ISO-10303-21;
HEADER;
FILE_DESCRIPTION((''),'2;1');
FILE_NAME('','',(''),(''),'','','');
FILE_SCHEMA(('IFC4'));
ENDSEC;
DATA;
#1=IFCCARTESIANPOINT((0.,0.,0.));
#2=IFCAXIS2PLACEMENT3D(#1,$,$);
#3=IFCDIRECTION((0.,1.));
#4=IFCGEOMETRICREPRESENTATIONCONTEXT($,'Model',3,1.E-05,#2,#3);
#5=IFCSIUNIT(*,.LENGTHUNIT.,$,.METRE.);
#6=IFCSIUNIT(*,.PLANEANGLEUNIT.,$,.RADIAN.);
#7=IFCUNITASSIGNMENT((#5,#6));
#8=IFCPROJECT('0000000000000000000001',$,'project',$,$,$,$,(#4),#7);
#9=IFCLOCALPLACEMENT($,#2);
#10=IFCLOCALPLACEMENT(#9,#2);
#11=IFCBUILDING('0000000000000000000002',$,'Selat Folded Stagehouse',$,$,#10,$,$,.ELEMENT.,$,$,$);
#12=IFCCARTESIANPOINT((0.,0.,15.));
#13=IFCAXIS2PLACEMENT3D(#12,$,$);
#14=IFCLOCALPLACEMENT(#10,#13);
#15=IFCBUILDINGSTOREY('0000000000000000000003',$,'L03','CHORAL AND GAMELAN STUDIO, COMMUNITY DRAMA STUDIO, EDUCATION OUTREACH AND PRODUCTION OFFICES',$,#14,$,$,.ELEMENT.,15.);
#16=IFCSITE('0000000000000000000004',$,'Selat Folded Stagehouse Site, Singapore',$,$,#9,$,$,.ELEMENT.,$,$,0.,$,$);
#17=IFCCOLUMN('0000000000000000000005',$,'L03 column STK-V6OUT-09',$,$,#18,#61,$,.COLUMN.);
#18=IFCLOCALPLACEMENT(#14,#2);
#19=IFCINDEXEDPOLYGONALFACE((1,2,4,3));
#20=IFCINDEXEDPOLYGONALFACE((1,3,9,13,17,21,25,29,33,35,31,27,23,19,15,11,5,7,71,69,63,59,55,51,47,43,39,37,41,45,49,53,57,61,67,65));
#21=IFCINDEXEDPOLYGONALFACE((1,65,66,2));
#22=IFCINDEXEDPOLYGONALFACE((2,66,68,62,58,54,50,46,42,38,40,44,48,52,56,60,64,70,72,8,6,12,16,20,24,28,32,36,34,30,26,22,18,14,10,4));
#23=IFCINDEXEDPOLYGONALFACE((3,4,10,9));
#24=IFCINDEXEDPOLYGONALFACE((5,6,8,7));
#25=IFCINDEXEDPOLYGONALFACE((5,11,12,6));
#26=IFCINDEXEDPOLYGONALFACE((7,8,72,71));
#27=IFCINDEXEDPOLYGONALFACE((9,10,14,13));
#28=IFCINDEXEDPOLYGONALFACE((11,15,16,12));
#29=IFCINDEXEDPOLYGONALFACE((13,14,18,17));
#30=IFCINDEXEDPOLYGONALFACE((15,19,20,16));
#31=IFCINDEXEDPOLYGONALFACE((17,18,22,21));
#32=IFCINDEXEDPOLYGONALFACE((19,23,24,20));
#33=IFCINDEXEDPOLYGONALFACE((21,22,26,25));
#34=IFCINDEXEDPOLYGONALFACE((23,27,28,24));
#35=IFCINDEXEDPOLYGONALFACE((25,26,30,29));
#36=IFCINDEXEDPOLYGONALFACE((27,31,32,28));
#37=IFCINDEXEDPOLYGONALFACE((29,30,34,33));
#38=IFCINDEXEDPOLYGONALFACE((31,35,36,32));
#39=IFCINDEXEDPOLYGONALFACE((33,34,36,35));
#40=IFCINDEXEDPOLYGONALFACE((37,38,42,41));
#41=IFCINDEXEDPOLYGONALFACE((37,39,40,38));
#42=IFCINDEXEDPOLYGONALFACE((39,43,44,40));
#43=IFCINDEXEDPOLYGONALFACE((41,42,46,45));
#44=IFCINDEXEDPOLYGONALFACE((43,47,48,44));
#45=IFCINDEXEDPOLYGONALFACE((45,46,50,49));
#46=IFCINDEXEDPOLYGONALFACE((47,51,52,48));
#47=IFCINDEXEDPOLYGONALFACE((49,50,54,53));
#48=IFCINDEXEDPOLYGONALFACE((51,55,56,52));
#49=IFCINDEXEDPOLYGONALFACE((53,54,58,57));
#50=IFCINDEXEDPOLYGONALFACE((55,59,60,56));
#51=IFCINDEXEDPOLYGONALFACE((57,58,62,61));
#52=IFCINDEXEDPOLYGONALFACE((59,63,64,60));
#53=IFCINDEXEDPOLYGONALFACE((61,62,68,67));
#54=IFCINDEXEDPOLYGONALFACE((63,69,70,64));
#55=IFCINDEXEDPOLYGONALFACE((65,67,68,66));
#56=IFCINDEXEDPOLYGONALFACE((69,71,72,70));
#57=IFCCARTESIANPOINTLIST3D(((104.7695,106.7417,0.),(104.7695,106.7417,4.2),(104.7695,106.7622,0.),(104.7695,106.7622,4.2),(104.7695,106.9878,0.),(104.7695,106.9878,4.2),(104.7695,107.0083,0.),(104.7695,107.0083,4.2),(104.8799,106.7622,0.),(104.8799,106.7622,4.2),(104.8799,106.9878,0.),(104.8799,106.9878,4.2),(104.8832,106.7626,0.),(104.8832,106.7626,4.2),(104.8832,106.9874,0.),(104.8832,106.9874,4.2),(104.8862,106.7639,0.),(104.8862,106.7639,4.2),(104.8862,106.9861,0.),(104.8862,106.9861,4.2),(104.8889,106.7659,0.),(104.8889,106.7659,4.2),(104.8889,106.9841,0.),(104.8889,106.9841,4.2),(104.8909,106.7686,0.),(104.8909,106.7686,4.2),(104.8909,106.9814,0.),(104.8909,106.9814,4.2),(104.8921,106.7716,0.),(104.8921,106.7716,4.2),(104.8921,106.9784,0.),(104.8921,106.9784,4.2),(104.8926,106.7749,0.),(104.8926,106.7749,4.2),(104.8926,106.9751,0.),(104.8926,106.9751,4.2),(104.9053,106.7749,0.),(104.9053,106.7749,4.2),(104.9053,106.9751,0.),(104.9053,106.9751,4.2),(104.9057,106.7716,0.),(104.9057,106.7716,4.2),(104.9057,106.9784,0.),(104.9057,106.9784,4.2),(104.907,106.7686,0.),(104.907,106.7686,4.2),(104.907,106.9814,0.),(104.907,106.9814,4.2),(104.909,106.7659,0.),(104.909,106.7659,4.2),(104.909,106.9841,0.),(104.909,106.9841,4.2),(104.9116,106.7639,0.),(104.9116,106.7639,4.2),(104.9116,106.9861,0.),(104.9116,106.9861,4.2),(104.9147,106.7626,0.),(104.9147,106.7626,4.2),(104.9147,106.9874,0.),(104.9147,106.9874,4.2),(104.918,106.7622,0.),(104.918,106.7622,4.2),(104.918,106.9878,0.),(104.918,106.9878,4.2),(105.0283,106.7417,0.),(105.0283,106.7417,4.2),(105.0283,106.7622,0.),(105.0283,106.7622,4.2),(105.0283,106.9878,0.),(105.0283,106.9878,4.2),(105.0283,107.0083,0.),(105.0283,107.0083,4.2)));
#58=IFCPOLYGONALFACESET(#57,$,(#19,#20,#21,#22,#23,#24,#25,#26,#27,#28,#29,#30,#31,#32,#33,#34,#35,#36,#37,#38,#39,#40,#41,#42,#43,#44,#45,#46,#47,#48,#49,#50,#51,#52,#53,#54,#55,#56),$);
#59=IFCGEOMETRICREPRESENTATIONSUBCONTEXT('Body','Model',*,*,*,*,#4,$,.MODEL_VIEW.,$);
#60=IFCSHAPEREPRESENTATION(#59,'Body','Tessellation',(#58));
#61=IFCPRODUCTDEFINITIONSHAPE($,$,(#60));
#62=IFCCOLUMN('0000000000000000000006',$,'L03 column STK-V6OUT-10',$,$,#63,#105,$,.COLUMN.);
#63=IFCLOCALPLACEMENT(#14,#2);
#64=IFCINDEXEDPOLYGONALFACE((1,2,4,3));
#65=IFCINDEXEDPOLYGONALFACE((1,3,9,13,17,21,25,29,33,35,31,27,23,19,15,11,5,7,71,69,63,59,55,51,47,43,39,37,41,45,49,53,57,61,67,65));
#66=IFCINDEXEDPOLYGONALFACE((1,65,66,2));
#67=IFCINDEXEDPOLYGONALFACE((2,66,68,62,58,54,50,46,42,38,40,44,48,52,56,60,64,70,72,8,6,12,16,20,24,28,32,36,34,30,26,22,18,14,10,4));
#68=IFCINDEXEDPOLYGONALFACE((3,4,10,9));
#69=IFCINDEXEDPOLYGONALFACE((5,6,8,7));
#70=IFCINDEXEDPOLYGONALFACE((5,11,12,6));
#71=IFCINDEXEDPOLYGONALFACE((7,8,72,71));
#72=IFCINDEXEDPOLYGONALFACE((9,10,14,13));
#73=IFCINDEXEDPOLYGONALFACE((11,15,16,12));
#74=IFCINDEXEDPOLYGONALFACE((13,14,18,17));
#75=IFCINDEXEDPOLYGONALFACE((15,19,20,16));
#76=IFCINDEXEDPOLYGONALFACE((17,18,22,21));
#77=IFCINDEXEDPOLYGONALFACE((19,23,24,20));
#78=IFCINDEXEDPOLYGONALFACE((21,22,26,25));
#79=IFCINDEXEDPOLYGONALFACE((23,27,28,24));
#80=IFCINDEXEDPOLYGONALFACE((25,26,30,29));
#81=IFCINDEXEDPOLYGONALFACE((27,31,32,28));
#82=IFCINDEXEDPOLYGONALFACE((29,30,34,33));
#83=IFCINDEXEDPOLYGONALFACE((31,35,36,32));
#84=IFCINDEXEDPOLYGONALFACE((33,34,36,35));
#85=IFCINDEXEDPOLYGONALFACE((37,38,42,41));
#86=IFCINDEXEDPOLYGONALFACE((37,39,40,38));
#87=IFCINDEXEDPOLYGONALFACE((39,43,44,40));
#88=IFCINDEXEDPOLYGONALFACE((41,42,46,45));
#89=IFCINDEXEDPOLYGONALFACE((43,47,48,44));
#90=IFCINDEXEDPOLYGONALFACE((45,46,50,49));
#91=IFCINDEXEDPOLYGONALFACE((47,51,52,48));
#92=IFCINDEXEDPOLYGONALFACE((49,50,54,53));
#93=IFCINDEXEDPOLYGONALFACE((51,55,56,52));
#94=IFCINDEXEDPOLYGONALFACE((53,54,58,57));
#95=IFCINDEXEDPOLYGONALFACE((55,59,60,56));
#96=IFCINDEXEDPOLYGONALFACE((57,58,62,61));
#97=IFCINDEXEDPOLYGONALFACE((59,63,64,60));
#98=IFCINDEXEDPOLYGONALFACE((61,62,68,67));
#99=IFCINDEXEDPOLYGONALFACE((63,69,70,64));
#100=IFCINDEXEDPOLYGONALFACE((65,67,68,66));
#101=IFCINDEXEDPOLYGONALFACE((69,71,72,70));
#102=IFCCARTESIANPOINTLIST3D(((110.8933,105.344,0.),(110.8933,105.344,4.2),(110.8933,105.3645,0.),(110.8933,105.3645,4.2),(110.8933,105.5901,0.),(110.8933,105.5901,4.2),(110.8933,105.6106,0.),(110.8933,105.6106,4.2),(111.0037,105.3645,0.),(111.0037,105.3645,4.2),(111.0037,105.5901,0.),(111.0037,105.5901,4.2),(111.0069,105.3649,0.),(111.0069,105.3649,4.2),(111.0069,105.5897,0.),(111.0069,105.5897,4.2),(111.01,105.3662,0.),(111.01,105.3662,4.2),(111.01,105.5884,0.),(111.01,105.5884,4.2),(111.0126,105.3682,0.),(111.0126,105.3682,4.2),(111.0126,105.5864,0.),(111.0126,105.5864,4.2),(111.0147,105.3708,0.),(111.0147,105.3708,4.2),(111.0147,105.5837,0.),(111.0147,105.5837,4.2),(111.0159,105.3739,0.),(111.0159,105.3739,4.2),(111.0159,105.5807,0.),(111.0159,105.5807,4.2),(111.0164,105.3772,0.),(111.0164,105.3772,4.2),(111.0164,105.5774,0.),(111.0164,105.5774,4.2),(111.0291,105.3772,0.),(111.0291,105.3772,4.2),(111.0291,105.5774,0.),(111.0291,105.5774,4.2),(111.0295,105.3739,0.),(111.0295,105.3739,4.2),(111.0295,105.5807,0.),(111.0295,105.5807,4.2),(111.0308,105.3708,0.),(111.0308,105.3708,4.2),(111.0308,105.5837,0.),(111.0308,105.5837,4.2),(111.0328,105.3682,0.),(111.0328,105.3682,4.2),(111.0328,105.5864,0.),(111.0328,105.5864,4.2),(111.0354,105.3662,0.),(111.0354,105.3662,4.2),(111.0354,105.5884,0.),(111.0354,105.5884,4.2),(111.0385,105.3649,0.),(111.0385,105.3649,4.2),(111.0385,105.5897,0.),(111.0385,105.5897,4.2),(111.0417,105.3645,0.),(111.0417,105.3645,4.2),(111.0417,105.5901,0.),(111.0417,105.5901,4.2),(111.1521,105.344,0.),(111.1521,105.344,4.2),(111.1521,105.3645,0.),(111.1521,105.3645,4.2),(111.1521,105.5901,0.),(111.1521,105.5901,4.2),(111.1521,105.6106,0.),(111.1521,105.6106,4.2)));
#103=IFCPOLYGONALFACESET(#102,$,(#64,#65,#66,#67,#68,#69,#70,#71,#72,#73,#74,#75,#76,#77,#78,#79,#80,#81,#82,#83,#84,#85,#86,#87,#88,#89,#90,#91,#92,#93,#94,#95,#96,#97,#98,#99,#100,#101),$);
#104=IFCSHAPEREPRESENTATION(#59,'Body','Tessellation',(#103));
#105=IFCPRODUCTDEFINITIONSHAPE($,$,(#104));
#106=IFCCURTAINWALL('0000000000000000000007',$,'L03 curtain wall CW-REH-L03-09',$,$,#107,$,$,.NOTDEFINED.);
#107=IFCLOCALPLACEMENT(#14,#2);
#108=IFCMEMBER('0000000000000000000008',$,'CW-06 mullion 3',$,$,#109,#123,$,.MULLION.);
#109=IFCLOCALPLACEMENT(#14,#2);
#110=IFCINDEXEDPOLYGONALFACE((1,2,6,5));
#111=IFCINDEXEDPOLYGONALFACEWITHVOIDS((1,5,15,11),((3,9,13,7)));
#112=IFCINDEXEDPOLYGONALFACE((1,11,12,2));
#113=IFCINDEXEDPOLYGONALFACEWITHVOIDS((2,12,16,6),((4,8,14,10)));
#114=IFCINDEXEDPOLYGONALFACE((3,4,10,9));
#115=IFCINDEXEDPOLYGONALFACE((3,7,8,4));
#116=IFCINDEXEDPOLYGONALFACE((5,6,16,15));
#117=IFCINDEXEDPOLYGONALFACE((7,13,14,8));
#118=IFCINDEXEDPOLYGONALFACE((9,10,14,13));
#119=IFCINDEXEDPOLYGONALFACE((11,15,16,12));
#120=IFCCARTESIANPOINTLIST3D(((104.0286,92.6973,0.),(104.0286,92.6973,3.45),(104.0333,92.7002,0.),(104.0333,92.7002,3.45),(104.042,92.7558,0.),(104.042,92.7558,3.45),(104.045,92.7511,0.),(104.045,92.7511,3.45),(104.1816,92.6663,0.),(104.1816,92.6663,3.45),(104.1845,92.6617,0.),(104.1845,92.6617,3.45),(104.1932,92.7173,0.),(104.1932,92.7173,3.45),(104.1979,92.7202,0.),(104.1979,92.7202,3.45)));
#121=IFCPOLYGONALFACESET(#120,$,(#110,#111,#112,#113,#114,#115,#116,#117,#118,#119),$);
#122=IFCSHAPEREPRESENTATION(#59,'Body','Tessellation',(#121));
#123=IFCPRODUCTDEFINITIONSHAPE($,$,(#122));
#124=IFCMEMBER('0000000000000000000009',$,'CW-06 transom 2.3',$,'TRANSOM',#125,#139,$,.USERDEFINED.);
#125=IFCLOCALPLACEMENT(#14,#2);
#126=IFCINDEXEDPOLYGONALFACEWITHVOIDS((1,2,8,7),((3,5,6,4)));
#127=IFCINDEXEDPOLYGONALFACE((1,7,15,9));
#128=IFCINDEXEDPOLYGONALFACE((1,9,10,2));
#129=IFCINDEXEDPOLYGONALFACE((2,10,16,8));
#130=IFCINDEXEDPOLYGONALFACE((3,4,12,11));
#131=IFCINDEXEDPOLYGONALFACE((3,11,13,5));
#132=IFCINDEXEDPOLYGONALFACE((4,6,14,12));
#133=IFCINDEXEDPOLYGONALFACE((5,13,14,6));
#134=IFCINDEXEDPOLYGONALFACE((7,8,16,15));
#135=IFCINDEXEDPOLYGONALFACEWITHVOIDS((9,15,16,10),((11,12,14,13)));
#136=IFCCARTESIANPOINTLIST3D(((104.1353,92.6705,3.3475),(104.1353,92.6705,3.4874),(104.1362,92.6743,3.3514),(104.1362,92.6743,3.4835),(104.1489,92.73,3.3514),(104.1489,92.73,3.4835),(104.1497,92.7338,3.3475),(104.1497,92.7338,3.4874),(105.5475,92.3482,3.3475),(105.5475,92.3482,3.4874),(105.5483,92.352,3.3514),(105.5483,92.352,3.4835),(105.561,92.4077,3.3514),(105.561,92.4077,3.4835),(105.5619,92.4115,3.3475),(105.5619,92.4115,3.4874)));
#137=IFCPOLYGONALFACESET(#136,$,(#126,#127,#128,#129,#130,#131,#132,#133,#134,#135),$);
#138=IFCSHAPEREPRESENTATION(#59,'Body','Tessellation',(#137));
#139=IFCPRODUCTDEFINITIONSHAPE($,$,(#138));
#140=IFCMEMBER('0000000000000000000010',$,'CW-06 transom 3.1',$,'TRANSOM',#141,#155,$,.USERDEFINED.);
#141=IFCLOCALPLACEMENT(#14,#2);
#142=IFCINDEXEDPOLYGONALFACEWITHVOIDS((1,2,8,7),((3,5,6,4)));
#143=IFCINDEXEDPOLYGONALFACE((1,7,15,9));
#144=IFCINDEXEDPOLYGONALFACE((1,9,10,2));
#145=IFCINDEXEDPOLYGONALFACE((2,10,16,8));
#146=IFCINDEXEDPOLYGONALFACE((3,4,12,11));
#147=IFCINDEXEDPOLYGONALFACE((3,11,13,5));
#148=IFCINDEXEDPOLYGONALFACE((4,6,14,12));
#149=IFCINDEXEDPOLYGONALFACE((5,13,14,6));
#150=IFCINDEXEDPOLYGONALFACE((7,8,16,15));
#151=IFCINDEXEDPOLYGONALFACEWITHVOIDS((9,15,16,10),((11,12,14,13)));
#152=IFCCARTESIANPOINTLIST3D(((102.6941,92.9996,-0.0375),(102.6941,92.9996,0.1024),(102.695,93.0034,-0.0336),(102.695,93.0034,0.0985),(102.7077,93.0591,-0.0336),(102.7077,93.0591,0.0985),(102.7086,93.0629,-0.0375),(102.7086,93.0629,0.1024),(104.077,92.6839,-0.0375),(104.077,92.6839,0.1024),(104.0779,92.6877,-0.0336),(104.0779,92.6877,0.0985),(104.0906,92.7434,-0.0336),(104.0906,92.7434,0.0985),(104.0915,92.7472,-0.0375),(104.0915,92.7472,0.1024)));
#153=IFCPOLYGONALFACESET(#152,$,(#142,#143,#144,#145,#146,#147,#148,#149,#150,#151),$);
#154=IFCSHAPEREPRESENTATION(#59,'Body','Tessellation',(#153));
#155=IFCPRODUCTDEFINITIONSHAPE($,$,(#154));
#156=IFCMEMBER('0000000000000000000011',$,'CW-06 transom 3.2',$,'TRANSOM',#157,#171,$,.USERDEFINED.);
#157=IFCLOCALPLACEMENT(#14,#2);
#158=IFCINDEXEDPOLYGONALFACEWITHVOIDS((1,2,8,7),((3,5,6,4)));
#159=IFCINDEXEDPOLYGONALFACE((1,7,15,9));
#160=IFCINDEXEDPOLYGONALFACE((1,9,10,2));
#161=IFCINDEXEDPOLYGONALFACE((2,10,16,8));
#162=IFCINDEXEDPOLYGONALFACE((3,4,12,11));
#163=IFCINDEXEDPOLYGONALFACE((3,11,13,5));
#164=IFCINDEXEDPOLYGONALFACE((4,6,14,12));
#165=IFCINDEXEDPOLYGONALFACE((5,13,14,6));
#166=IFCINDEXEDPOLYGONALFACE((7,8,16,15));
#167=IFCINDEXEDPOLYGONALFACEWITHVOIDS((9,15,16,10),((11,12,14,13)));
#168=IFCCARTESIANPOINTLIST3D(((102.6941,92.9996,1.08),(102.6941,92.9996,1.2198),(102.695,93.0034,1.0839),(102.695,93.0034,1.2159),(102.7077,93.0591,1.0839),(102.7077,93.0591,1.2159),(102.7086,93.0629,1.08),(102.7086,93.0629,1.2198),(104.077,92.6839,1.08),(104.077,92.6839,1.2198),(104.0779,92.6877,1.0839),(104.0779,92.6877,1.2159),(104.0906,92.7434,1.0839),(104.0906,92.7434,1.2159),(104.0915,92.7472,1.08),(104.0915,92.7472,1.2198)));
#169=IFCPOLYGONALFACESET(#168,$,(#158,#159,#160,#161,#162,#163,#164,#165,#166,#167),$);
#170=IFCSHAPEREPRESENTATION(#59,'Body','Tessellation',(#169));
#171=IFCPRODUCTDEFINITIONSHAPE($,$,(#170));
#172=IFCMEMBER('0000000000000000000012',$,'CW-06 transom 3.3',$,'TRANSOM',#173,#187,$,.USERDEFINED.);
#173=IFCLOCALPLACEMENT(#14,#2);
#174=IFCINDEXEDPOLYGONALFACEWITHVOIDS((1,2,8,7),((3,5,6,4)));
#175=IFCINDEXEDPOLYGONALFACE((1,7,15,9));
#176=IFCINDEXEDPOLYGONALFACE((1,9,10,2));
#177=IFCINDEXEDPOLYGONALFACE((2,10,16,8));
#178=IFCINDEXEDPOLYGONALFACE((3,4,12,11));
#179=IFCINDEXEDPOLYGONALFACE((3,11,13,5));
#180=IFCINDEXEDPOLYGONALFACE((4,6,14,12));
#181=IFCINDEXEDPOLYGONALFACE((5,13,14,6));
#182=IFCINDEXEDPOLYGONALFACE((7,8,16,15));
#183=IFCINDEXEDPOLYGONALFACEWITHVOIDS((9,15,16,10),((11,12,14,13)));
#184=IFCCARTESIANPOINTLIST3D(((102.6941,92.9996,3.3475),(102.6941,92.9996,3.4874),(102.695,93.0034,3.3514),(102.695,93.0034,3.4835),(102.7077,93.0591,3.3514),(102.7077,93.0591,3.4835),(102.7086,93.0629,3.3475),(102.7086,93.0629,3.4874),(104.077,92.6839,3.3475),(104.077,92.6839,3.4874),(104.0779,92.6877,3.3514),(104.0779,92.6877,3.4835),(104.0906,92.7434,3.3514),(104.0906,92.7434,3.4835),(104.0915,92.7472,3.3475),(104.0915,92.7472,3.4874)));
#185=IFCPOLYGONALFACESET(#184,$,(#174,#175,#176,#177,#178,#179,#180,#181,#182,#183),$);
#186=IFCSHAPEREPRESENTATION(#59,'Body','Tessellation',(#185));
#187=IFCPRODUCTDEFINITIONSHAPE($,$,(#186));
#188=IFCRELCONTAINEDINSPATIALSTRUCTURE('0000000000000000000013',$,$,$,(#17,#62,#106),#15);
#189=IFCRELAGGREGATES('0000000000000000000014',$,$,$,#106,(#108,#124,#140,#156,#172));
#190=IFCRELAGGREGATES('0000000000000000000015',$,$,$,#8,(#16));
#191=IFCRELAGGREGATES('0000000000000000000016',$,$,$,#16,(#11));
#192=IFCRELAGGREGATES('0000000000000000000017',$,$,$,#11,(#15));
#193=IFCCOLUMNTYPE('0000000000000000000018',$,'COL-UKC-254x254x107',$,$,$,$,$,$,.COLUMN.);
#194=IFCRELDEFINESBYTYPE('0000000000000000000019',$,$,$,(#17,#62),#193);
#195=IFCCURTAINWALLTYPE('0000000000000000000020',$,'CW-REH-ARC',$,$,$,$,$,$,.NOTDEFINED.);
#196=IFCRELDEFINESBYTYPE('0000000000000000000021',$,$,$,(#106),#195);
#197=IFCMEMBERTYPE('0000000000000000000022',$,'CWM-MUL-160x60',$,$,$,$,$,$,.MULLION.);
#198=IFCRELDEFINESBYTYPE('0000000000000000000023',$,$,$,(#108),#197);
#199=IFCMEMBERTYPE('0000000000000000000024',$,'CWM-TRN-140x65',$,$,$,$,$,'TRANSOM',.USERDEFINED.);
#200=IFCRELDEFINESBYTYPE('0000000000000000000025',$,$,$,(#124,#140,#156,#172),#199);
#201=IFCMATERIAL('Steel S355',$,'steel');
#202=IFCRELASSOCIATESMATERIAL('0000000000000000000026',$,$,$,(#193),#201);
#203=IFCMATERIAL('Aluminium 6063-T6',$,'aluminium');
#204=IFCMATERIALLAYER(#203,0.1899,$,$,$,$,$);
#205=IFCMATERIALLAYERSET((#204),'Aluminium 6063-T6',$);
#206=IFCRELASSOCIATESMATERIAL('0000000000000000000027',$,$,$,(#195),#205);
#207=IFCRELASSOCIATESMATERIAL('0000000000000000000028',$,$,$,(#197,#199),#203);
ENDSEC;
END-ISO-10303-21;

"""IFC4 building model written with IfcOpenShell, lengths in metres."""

from ifc_helpers import new_model, si_unit, direction, frame, origin, origin_2d, place, context, subcontext, project, spatial, hollow_rectangle, i_section, extrude, material, layer, layer_set, material_profile, profile_set, type_object, element, aggregate, save


model = new_model("IFC4")

# Units and contexts
model_context = context("Model", 3, precision=1e-05, world=origin(), true_north=direction((0.0, 1.0)))
body_context = subcontext(model_context, "Body", "Model", "MODEL_VIEW")
ifc_project = project(units=[si_unit("LENGTHUNIT", "METRE"), si_unit("PLANEANGLEUNIT", "RADIAN")], contexts=[model_context])

# Site, building, storey
site_placement = place(None, origin())
site = spatial("IfcSite", under=ifc_project, at=site_placement, Name="Selat Folded Stagehouse Site, Singapore", CompositionType="ELEMENT", RefElevation=0.0)
building_placement = place(site_placement, origin())
building = spatial("IfcBuilding", under=site, at=building_placement, Name="Selat Folded Stagehouse", CompositionType="ELEMENT")
storey_placement = place(building_placement, frame((0.0, 0.0, 15.0)))
storey = spatial("IfcBuildingStorey", under=building, at=storey_placement, Name="L03", Description="CHORAL AND GAMELAN STUDIO, COMMUNITY DRAMA STUDIO, EDUCATION OUTREACH AND PRODUCTION OFFICES", CompositionType="ELEMENT", Elevation=15.0)

# Columns
ifc_material_1 = material(Name="Steel S355", Category="steel")
ifc_material_profile_1 = material_profile(ifc_material_1, i_section(OverallWidth=0.2588, OverallDepth=0.2666, WebThickness=0.0127, FlangeThickness=0.0205, FilletRadius=0.0127, at=origin_2d()), Name="UKC 254x254x107")
ifc_profile_set_1 = profile_set([ifc_material_profile_1], Name="Steel S355")
column_type = type_object("IfcColumnType", Name="COL-UKC-254x254x107", PredefinedType="COLUMN", material=ifc_profile_set_1)
for number, where, z_axis, x_axis, name in (
    (1, (104.8989, 106.875, 0.0), (0.0, 0.0, 1.0), (1.0, 0.0, 0.0), "L03 column STK-V6OUT-09"),
    (2, (111.0227, 105.4773, 0.0), (0.0, 0.0, 1.0), (1.0, 0.0, 0.0), "L03 column STK-V6OUT-10"),
):
    element("IfcColumn", number, at=place(storey_placement, frame(where, z_axis=z_axis, x_axis=x_axis)), inside=storey, type_object=column_type, Name=name, PredefinedType="COLUMN", context=body_context, shape_type="SweptSolid", body=[
        extrude(i_section(OverallWidth=0.2588, OverallDepth=0.2666, WebThickness=0.0127, FlangeThickness=0.0205, FilletRadius=0.0127, at=origin_2d()), origin(), (0.0, 0.0, 1.0), 4.2),
    ])

# Curtain wall, members
ifc_material_2 = material(Name="Aluminium 6063-T6", Category="aluminium")
ifc_layer_1 = layer(ifc_material_2, 0.1899)
ifc_layer_set_1 = layer_set([ifc_layer_1], Name="Aluminium 6063-T6")
curtain_wall_type = type_object("IfcCurtainWallType", Name="CW-REH-ARC", PredefinedType="NOTDEFINED", material=ifc_layer_set_1)
curtain_wall_placement = place(storey_placement, origin())
curtain_wall = element("IfcCurtainWall", 3, at=curtain_wall_placement, inside=storey, type_object=curtain_wall_type, Name="L03 curtain wall CW-REH-L03-09", PredefinedType="NOTDEFINED")
ifc_material_profile_2 = material_profile(ifc_material_2, hollow_rectangle(XDim=0.0601, YDim=0.1599, WallThickness=0.0039, at=origin_2d()), Name="ALU 160x60x4.0")
ifc_profile_set_2 = profile_set([ifc_material_profile_2], Name="Aluminium 6063-T6")
member_type_1 = type_object("IfcMemberType", Name="CWM-MUL-160x60", PredefinedType="MULLION", material=ifc_profile_set_2)
member_1_placement = place(storey_placement, frame((104.1133, 92.7087, 0.0), z_axis=(0.0, 0.0, 1.0), x_axis=(-0.222543, -0.974923, 0.0)))
member_1 = element("IfcMember", 4, at=member_1_placement, type_object=member_type_1, Name="CW-06 mullion 3", PredefinedType="MULLION", context=body_context, shape_type="SweptSolid", body=[
    extrude(hollow_rectangle(XDim=0.0601, YDim=0.1599, WallThickness=0.0039, at=origin_2d()), origin(), (0.0, 0.0, 1.0), 3.45),
])
ifc_material_profile_3 = material_profile(ifc_material_2, hollow_rectangle(XDim=0.0649, YDim=0.1399, WallThickness=0.0039, at=origin_2d()), Name="ALU 140x65x4.0")
ifc_profile_set_3 = profile_set([ifc_material_profile_3], Name="Aluminium 6063-T6")
member_type_2 = type_object("IfcMemberType", Name="CWM-TRN-140x65", ElementType="TRANSOM", PredefinedType="USERDEFINED", material=ifc_profile_set_3)
member_2_placement = place(storey_placement, frame((105.5547, 92.3799, 3.4175), z_axis=(-0.974934, 0.222495, 0.0), x_axis=(-0.222495, -0.974934, 0.0)))
member_2 = element("IfcMember", 5, at=member_2_placement, type_object=member_type_2, Name="CW-06 transom 2.3", ObjectType="TRANSOM", PredefinedType="USERDEFINED", context=body_context, shape_type="SweptSolid", body=[
    extrude(hollow_rectangle(XDim=0.0649, YDim=0.1399, WallThickness=0.0039, at=origin_2d()), origin(), (0.0, 0.0, 1.0), 1.4485),
])
member_3_placement = place(storey_placement, frame((104.0842, 92.7156, 0.0325), z_axis=(-0.974919, 0.222558, 0.0), x_axis=(-0.222558, -0.974919, 0.0)))
member_3 = element("IfcMember", 6, at=member_3_placement, type_object=member_type_2, Name="CW-06 transom 3.1", ObjectType="TRANSOM", PredefinedType="USERDEFINED", context=body_context, shape_type="SweptSolid", body=[
    extrude(hollow_rectangle(XDim=0.0649, YDim=0.1399, WallThickness=0.0039, at=origin_2d()), origin(), (0.0, 0.0, 1.0), 1.4185),
])
member_4_placement = place(storey_placement, frame((104.0842, 92.7156, 1.1499), z_axis=(-0.974919, 0.222558, 0.0), x_axis=(-0.222558, -0.974919, 0.0)))
member_4 = element("IfcMember", 7, at=member_4_placement, type_object=member_type_2, Name="CW-06 transom 3.2", ObjectType="TRANSOM", PredefinedType="USERDEFINED", context=body_context, shape_type="SweptSolid", body=[
    extrude(hollow_rectangle(XDim=0.0649, YDim=0.1399, WallThickness=0.0039, at=origin_2d()), origin(), (0.0, 0.0, 1.0), 1.4185),
])
member_5_placement = place(storey_placement, frame((104.0842, 92.7156, 3.4175), z_axis=(-0.974919, 0.222558, 0.0), x_axis=(-0.222558, -0.974919, 0.0)))
member_5 = element("IfcMember", 8, at=member_5_placement, type_object=member_type_2, Name="CW-06 transom 3.3", ObjectType="TRANSOM", PredefinedType="USERDEFINED", context=body_context, shape_type="SweptSolid", body=[
    extrude(hollow_rectangle(XDim=0.0649, YDim=0.1399, WallThickness=0.0039, at=origin_2d()), origin(), (0.0, 0.0, 1.0), 1.4185),
])

aggregate(curtain_wall, [member_1, member_2, member_3, member_4, member_5])

save(model, "model.ifc")
